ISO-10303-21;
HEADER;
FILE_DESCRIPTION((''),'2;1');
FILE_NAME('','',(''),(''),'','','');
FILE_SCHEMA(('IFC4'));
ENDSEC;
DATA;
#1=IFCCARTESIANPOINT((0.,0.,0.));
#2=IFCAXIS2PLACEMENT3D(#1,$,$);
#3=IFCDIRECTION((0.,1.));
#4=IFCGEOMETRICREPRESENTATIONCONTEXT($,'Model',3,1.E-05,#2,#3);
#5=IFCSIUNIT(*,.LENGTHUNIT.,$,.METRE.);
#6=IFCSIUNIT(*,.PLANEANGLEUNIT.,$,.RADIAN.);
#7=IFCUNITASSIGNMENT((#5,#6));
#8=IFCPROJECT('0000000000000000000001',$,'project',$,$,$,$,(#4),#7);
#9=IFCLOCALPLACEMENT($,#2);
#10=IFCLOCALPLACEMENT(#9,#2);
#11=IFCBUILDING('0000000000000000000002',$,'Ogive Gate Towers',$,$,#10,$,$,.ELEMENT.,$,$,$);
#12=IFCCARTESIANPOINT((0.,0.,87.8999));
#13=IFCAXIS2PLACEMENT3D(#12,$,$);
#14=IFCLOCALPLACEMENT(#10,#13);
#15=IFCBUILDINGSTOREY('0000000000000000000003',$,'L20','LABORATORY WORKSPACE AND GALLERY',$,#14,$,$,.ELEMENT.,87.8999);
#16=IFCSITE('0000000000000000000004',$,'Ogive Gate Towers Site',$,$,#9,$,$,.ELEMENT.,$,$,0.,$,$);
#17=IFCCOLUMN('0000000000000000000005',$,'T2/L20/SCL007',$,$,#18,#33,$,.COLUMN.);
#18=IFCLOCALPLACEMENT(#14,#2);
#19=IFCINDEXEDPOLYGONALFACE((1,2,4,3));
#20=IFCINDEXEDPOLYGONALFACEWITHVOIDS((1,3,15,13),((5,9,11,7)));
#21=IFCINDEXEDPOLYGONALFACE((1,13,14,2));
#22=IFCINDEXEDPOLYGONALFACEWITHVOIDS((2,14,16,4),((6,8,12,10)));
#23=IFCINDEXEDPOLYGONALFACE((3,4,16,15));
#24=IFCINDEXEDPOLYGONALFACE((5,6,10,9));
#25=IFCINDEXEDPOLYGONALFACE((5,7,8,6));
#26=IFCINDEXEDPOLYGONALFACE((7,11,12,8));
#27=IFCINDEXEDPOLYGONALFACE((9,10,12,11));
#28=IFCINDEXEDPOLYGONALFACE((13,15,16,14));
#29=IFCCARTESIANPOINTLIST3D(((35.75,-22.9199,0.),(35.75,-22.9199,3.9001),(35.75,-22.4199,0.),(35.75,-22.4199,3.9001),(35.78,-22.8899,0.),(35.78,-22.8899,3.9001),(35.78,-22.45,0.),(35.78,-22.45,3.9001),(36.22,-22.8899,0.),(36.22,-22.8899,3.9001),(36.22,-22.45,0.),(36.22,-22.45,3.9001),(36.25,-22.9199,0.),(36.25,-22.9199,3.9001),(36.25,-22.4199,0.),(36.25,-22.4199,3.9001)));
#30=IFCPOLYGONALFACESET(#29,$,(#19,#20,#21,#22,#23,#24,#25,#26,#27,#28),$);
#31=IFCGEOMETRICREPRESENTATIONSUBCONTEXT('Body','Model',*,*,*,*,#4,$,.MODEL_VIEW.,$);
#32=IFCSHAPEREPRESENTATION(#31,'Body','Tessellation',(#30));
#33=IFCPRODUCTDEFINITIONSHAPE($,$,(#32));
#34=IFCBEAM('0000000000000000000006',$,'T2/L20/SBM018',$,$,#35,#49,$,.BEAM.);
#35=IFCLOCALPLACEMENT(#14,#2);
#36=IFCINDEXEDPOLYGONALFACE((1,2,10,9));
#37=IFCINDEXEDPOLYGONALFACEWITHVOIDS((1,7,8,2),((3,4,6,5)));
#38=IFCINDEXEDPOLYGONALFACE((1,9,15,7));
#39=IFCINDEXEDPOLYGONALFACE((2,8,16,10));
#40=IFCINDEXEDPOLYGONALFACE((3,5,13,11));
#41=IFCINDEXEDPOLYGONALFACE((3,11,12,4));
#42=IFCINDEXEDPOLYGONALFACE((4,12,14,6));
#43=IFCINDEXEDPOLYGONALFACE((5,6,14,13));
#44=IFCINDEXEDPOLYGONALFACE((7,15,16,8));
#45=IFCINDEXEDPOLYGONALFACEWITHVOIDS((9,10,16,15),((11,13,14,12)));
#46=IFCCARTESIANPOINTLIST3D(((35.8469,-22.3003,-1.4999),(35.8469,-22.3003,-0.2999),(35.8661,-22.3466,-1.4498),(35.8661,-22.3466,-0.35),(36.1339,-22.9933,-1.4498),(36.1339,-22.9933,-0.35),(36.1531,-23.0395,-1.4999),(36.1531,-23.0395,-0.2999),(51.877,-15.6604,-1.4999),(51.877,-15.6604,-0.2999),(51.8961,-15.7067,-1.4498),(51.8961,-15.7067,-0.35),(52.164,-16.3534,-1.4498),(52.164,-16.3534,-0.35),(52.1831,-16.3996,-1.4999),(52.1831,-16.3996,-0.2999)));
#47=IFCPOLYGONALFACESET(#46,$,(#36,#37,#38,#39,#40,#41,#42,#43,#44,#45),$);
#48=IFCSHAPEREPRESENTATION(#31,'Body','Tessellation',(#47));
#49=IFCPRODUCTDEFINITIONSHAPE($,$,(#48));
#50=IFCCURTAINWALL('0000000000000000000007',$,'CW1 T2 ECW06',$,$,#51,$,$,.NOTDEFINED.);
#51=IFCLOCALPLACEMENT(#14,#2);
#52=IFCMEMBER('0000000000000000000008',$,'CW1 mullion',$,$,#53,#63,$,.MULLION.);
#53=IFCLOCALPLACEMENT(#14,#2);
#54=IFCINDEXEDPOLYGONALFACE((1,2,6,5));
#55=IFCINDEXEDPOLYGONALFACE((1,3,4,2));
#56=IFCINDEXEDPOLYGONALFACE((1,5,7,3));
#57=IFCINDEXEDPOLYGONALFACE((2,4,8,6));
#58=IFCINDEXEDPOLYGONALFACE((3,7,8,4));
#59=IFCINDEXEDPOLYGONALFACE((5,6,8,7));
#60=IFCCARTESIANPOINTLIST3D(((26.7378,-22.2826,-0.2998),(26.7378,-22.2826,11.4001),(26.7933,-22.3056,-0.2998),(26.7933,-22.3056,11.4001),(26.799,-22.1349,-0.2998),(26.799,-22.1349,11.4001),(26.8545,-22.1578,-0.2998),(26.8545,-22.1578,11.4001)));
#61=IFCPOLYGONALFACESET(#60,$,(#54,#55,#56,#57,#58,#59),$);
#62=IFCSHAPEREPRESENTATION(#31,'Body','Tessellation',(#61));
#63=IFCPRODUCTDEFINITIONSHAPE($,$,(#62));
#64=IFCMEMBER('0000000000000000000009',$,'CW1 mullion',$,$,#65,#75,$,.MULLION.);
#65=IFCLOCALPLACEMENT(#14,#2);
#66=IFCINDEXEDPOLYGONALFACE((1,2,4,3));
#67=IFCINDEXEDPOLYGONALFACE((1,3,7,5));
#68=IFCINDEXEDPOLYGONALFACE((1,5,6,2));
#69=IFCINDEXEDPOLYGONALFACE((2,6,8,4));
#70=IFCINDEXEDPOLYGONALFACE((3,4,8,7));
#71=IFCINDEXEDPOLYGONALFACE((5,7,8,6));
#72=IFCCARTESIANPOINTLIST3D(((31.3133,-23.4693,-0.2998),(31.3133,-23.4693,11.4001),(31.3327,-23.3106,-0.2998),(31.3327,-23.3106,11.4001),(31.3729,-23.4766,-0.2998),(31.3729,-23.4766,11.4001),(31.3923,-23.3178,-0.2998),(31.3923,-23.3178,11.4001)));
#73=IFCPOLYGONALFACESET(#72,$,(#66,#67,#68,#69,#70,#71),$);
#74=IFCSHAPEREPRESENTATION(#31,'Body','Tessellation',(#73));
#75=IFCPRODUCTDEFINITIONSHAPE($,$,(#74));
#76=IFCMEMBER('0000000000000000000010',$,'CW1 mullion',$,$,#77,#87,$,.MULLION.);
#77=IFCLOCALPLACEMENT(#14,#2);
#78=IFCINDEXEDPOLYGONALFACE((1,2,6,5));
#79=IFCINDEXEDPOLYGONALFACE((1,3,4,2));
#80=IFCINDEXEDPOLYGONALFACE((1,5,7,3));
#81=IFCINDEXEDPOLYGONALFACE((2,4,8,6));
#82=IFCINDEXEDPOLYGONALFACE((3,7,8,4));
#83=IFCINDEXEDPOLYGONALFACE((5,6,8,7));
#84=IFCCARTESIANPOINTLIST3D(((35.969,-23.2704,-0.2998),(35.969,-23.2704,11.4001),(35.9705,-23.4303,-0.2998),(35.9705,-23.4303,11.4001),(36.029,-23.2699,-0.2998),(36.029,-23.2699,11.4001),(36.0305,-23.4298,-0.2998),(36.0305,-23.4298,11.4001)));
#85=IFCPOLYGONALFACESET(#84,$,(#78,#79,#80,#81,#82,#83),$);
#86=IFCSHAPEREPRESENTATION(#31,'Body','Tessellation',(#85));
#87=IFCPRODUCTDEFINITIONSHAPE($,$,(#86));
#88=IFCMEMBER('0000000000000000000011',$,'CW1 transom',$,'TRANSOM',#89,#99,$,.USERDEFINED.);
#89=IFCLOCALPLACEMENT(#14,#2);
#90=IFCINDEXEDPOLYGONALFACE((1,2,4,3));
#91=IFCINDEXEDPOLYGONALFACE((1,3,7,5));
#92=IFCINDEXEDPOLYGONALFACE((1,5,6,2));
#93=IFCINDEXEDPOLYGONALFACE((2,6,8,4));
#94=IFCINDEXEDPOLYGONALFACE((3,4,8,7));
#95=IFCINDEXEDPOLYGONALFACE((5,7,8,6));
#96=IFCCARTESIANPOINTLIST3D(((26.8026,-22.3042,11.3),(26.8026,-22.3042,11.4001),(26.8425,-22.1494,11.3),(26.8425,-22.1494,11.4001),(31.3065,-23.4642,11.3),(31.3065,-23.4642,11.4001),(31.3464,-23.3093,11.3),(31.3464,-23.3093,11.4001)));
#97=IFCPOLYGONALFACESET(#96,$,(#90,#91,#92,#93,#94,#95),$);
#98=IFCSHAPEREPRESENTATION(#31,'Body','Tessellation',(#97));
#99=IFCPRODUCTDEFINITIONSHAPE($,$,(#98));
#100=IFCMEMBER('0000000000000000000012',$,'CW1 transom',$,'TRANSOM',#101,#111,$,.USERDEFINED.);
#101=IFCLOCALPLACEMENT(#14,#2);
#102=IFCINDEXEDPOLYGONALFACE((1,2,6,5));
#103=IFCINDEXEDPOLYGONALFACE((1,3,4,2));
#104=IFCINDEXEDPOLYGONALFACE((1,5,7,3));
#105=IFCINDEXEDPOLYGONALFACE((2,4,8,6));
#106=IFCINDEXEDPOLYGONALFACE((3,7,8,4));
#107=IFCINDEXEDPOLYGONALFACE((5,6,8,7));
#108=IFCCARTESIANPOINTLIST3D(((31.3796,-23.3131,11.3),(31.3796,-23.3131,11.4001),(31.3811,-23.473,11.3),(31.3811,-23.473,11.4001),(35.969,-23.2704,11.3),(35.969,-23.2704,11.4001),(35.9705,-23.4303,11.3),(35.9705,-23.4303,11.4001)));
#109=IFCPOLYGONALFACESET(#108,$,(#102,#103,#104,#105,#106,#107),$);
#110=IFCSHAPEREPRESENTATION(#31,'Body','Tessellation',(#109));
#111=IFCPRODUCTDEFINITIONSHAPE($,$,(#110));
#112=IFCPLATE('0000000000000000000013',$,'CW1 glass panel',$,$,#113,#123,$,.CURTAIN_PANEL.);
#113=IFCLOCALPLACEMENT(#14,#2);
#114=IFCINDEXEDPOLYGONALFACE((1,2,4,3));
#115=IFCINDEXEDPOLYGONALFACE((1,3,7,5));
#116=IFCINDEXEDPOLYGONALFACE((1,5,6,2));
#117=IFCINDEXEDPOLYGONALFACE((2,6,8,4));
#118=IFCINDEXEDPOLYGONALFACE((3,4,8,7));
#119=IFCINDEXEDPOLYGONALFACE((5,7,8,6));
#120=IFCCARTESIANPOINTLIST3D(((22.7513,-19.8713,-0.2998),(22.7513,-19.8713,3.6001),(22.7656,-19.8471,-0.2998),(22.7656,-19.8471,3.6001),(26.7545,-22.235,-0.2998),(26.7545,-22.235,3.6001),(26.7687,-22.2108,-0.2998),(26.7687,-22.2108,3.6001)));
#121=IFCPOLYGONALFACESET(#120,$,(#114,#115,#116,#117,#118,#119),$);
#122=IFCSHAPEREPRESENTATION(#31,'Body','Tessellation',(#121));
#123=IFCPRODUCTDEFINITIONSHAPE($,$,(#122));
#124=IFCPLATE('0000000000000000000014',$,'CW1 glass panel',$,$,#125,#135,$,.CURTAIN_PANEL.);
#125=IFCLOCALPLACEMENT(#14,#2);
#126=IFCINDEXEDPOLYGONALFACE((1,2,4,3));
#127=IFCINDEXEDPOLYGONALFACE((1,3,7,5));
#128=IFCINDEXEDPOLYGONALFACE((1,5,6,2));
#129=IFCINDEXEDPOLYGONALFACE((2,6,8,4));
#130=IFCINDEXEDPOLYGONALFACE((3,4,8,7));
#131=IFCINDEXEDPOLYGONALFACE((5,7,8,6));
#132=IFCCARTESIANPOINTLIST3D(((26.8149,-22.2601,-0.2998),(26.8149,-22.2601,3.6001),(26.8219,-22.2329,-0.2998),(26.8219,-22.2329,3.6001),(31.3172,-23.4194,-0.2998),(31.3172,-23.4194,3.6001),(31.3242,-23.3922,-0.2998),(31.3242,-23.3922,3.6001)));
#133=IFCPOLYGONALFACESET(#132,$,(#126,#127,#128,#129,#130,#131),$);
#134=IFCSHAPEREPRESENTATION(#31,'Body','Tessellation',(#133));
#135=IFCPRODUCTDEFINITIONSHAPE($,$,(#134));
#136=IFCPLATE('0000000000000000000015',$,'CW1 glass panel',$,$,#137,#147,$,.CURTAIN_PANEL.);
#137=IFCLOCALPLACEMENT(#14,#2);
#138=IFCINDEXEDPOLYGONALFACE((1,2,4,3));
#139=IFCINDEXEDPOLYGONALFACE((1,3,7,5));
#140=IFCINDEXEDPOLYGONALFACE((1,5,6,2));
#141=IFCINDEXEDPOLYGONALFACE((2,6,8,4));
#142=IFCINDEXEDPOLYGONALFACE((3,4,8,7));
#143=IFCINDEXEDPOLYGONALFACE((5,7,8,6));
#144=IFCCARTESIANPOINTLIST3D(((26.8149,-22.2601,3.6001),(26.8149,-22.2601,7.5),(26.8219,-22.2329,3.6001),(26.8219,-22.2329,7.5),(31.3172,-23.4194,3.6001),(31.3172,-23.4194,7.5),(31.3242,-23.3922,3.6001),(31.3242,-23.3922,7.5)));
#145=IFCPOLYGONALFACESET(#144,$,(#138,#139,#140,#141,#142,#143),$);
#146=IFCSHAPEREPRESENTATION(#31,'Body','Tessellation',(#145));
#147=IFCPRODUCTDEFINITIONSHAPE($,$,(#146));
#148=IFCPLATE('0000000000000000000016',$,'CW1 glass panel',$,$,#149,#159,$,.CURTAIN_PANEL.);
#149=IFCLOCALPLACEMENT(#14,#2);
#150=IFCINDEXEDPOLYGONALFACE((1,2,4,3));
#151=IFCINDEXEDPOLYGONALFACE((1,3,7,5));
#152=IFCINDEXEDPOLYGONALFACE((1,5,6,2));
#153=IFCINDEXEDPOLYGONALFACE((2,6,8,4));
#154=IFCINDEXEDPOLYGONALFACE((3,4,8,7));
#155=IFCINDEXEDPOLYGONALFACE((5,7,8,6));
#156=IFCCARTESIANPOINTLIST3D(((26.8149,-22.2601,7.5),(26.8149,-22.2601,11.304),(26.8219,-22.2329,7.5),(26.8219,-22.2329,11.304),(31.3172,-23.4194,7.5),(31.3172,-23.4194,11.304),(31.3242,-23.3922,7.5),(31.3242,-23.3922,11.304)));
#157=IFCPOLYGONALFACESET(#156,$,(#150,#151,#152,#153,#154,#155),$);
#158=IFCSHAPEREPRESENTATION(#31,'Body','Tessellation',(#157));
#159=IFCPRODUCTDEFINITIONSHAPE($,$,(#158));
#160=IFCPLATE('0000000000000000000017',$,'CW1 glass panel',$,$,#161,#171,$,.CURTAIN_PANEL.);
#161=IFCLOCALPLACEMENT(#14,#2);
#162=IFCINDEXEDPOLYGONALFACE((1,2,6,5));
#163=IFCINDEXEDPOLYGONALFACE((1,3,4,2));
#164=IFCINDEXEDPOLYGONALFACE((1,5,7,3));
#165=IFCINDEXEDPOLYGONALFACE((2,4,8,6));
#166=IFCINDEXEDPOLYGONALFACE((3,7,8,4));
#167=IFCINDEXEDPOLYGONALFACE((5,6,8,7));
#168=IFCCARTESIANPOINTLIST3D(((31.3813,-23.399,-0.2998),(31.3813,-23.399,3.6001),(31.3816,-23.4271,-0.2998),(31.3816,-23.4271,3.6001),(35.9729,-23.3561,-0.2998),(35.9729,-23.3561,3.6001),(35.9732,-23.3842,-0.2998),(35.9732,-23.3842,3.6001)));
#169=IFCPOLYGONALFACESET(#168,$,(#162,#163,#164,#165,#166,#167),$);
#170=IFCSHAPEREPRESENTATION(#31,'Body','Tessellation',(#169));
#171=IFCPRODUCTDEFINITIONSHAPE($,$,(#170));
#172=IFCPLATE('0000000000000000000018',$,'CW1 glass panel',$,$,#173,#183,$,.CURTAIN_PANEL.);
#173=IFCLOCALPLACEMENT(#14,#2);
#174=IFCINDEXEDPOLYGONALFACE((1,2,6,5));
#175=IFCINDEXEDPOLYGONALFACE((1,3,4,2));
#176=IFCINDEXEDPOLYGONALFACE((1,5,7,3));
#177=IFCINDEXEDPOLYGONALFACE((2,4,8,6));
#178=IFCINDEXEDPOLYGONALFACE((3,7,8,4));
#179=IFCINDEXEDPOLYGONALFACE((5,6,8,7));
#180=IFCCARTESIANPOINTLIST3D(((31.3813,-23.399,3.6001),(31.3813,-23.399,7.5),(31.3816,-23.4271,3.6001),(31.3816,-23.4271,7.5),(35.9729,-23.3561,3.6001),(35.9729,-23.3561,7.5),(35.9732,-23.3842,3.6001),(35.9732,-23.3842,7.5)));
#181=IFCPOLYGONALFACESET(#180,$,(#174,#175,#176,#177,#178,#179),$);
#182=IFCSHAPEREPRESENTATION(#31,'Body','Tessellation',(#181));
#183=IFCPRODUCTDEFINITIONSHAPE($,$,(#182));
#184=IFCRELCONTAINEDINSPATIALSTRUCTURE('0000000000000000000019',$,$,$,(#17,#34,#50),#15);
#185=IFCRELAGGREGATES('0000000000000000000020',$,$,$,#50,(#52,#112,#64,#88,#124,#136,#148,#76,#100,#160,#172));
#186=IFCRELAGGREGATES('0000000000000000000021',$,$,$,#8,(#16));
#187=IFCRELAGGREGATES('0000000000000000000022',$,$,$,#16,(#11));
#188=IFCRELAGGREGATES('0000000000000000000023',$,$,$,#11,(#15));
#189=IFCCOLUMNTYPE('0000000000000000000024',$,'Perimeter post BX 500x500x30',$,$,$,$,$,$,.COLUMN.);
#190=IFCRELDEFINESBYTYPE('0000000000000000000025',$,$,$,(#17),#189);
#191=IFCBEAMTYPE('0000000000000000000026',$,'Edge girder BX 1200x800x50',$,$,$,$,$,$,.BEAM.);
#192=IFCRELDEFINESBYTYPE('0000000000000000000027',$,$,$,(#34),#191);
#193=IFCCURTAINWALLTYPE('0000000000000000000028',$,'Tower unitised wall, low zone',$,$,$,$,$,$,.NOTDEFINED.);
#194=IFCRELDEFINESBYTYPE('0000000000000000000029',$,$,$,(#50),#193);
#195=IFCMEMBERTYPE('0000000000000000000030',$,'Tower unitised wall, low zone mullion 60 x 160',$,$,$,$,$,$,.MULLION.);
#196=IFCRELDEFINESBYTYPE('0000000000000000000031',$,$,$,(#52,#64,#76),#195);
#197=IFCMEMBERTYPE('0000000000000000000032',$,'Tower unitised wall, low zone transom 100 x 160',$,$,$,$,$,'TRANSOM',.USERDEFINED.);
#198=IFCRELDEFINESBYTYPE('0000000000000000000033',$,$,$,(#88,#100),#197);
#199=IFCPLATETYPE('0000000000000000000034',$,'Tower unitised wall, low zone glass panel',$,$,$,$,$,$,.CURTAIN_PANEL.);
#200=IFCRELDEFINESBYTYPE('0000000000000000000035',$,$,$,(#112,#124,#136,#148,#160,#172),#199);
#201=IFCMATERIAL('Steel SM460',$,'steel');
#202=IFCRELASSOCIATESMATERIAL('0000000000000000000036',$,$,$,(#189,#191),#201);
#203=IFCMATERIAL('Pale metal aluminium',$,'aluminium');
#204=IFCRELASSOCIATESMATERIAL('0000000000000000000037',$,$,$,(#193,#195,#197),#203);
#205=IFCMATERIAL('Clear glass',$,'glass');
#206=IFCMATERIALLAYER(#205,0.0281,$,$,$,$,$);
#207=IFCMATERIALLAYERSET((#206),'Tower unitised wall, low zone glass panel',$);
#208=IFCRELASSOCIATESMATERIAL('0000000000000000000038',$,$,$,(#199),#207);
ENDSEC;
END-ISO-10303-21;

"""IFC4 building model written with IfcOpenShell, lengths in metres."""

from ifc_helpers import new_model, si_unit, direction, frame, origin, origin_2d, place, context, subcontext, project, spatial, rectangle, hollow_rectangle, extrude, material, layer, layer_set, material_profile, profile_set, type_object, element, aggregate, save


model = new_model("IFC4")

# Units and contexts
model_context = context("Model", 3, precision=1e-05, world=origin(), true_north=direction((0.0, 1.0)))
body_context = subcontext(model_context, "Body", "Model", "MODEL_VIEW")
ifc_project = project(units=[si_unit("LENGTHUNIT", "METRE"), si_unit("PLANEANGLEUNIT", "RADIAN")], contexts=[model_context])

# Site, building, storey
site_placement = place(None, origin())
site = spatial("IfcSite", under=ifc_project, at=site_placement, Name="Ogive Gate Towers Site", CompositionType="ELEMENT", RefElevation=0.0)
building_placement = place(site_placement, origin())
building = spatial("IfcBuilding", under=site, at=building_placement, Name="Ogive Gate Towers", CompositionType="ELEMENT")
storey_placement = place(building_placement, frame((0.0, 0.0, 87.8999)))
storey = spatial("IfcBuildingStorey", under=building, at=storey_placement, Name="L20", Description="LABORATORY WORKSPACE AND GALLERY", CompositionType="ELEMENT", Elevation=87.8999)

# Column
ifc_material_1 = material(Name="Steel SM460", Category="steel")
ifc_material_profile_1 = material_profile(ifc_material_1, hollow_rectangle(XDim=0.5, YDim=0.5, WallThickness=0.03, at=origin_2d()), Name="BX 500x500x30")
ifc_profile_set_1 = profile_set([ifc_material_profile_1], Name="Steel SM460")
column_type = type_object("IfcColumnType", Name="Perimeter post BX 500x500x30", PredefinedType="COLUMN", material=ifc_profile_set_1)
column_placement = place(storey_placement, frame((36.0, -22.6699, 0.0), z_axis=(0.0, 0.0, 1.0), x_axis=(1.0, 0.0, 0.0)))
element("IfcColumn", 1, at=column_placement, inside=storey, type_object=column_type, Name="T2/L20/SCL007", PredefinedType="COLUMN", context=body_context, shape_type="SweptSolid", body=[
    extrude(hollow_rectangle(XDim=0.5, YDim=0.5, WallThickness=0.03, at=origin_2d()), origin(), (0.0, 0.0, 1.0), 3.9001),
])

# Beam
ifc_material_profile_2 = material_profile(ifc_material_1, hollow_rectangle(XDim=0.8, YDim=1.2, WallThickness=0.05, at=origin_2d()), Name="BX 1200x800x50")
ifc_profile_set_2 = profile_set([ifc_material_profile_2], Name="Steel SM460")
beam_type = type_object("IfcBeamType", Name="Edge girder BX 1200x800x50", PredefinedType="BEAM", material=ifc_profile_set_2)
beam_placement = place(storey_placement, frame((36.0, -22.6699, -0.8999), z_axis=(0.923879, 0.382685, 0.0), x_axis=(-0.382685, 0.923879, 0.0)))
element("IfcBeam", 2, at=beam_placement, inside=storey, type_object=beam_type, Name="T2/L20/SBM018", PredefinedType="BEAM", context=body_context, shape_type="SweptSolid", body=[
    extrude(hollow_rectangle(XDim=0.8, YDim=1.2, WallThickness=0.05, at=origin_2d()), origin(), (0.0, 0.0, 1.0), 17.3508),
])

# Curtain wall, members, plates
ifc_material_2 = material(Name="Pale metal aluminium", Category="aluminium")
curtain_wall_type = type_object("IfcCurtainWallType", Name="Tower unitised wall, low zone", PredefinedType="NOTDEFINED", material=ifc_material_2)
curtain_wall_placement = place(storey_placement, origin())
curtain_wall = element("IfcCurtainWall", 3, at=curtain_wall_placement, inside=storey, type_object=curtain_wall_type, Name="CW1 T2 ECW06", PredefinedType="NOTDEFINED")
ifc_material_profile_3 = material_profile(ifc_material_2, rectangle(XDim=0.1599, YDim=0.0601, at=origin_2d()), Name="60 x 160 aluminium box")
ifc_profile_set_3 = profile_set([ifc_material_profile_3], Name="Pale metal aluminium")
member_type_1 = type_object("IfcMemberType", Name="Tower unitised wall, low zone mullion 60 x 160", PredefinedType="MULLION", material=ifc_profile_set_3)
member_1_placement = place(storey_placement, frame((26.7961, -22.2202, -0.2998), z_axis=(0.0, 0.0, 1.0), x_axis=(-0.382683, -0.92388, 0.0)))
member_1 = element("IfcMember", 4, at=member_1_placement, type_object=member_type_1, Name="CW1 mullion", PredefinedType="MULLION", context=body_context, shape_type="SweptSolid", body=[
    extrude(rectangle(XDim=0.1599, YDim=0.0601, at=origin_2d()), origin(), (0.0, 0.0, 1.0), 11.7),
])
member_2_placement = place(storey_placement, frame((31.3528, -23.3936, -0.2998), z_axis=(0.0, 0.0, 1.0), x_axis=(-0.121038, -0.992648, 0.0)))
member_2 = element("IfcMember", 5, at=member_2_placement, type_object=member_type_1, Name="CW1 mullion", PredefinedType="MULLION", context=body_context, shape_type="SweptSolid", body=[
    extrude(rectangle(XDim=0.1599, YDim=0.0601, at=origin_2d()), origin(), (0.0, 0.0, 1.0), 11.7),
])
member_3_placement = place(storey_placement, frame((35.9998, -23.3501, -0.2998), z_axis=(0.0, 0.0, 1.0), x_axis=(0.009337, -0.999956, 0.0)))
member_3 = element("IfcMember", 6, at=member_3_placement, type_object=member_type_1, Name="CW1 mullion", PredefinedType="MULLION", context=body_context, shape_type="SweptSolid", body=[
    extrude(rectangle(XDim=0.1599, YDim=0.0601, at=origin_2d()), origin(), (0.0, 0.0, 1.0), 11.7),
])
ifc_material_profile_4 = material_profile(ifc_material_2, rectangle(XDim=0.1599, YDim=0.1001, at=origin_2d()), Name="100 x 160 aluminium box")
ifc_profile_set_4 = profile_set([ifc_material_profile_4], Name="Pale metal aluminium")
member_type_2 = type_object("IfcMemberType", Name="Tower unitised wall, low zone transom 100 x 160", ElementType="TRANSOM", PredefinedType="USERDEFINED", material=ifc_profile_set_4)
member_4_placement = place(storey_placement, frame((26.8225, -22.2268, 11.3501), z_axis=(0.968401, -0.249397, 0.0), x_axis=(0.249397, 0.968401, 0.0)))
member_4 = element("IfcMember", 7, at=member_4_placement, type_object=member_type_2, Name="CW1 transom", ObjectType="TRANSOM", PredefinedType="USERDEFINED", context=body_context, shape_type="SweptSolid", body=[
    extrude(rectangle(XDim=0.1599, YDim=0.1001, at=origin_2d()), origin(), (0.0, 0.0, 1.0), 4.6509),
])
member_5_placement = place(storey_placement, frame((31.3804, -23.3931, 11.3501), z_axis=(0.999957, 0.009309, 0.0), x_axis=(-0.009309, 0.999957, 0.0)))
member_5 = element("IfcMember", 8, at=member_5_placement, type_object=member_type_2, Name="CW1 transom", ObjectType="TRANSOM", PredefinedType="USERDEFINED", context=body_context, shape_type="SweptSolid", body=[
    extrude(rectangle(XDim=0.1599, YDim=0.1001, at=origin_2d()), origin(), (0.0, 0.0, 1.0), 4.5896),
])
ifc_material_3 = material(Name="Clear glass", Category="glass")
ifc_layer_1 = layer(ifc_material_3, 0.0281)
ifc_layer_set_1 = layer_set([ifc_layer_1], Name="Tower unitised wall, low zone glass panel")
plate_type = type_object("IfcPlateType", Name="Tower unitised wall, low zone glass panel", PredefinedType="CURTAIN_PANEL", material=ifc_layer_set_1)
plate_1_placement = place(storey_placement, frame((24.76, -21.041, -0.2998), z_axis=(0.0, 0.0, 1.0), x_axis=(0.861097, -0.50844, 0.0)))
plate_1 = element("IfcPlate", 9, at=plate_1_placement, type_object=plate_type, Name="CW1 glass panel", PredefinedType="CURTAIN_PANEL", context=body_context, shape_type="SweptSolid", body=[
    extrude(rectangle(XDim=4.6489, YDim=0.0281, at=origin_2d()), origin(), (0.0, 0.0, 1.0), 3.8999),
])
plate_2_placement = place(storey_placement, frame((29.0696, -22.8262, -0.2998), z_axis=(0.0, 0.0, 1.0), x_axis=(0.968414, -0.249349, 0.0)))
plate_2 = element("IfcPlate", 10, at=plate_2_placement, type_object=plate_type, Name="CW1 glass panel", PredefinedType="CURTAIN_PANEL", context=body_context, shape_type="SweptSolid", body=[
    extrude(rectangle(XDim=4.6492, YDim=0.0281, at=origin_2d()), origin(), (0.0, 0.0, 1.0), 3.8999),
])
plate_3_placement = place(storey_placement, frame((29.0696, -22.8262, 3.6001), z_axis=(0.0, 0.0, 1.0), x_axis=(0.968414, -0.249349, 0.0)))
plate_3 = element("IfcPlate", 11, at=plate_3_placement, type_object=plate_type, Name="CW1 glass panel", PredefinedType="CURTAIN_PANEL", context=body_context, shape_type="SweptSolid", body=[
    extrude(rectangle(XDim=4.6492, YDim=0.0281, at=origin_2d()), origin(), (0.0, 0.0, 1.0), 3.8999),
])
plate_4_placement = place(storey_placement, frame((29.0696, -22.8262, 7.5), z_axis=(0.0, 0.0, 1.0), x_axis=(0.968414, -0.249349, 0.0)))
plate_4 = element("IfcPlate", 12, at=plate_4_placement, type_object=plate_type, Name="CW1 glass panel", PredefinedType="CURTAIN_PANEL", context=body_context, shape_type="SweptSolid", body=[
    extrude(rectangle(XDim=4.6492, YDim=0.0281, at=origin_2d()), origin(), (0.0, 0.0, 1.0), 3.804),
])
plate_5_placement = place(storey_placement, frame((33.6772, -23.3916, -0.2998), z_axis=(0.0, 0.0, 1.0), x_axis=(0.999956, 0.009337, 0.0)))
plate_5 = element("IfcPlate", 13, at=plate_5_placement, type_object=plate_type, Name="CW1 glass panel", PredefinedType="CURTAIN_PANEL", context=body_context, shape_type="SweptSolid", body=[
    extrude(rectangle(XDim=4.5918, YDim=0.0281, at=origin_2d()), origin(), (0.0, 0.0, 1.0), 3.8999),
])
plate_6_placement = place(storey_placement, frame((33.6772, -23.3916, 3.6001), z_axis=(0.0, 0.0, 1.0), x_axis=(0.999956, 0.009337, 0.0)))
plate_6 = element("IfcPlate", 14, at=plate_6_placement, type_object=plate_type, Name="CW1 glass panel", PredefinedType="CURTAIN_PANEL", context=body_context, shape_type="SweptSolid", body=[
    extrude(rectangle(XDim=4.5918, YDim=0.0281, at=origin_2d()), origin(), (0.0, 0.0, 1.0), 3.8999),
])
aggregate(curtain_wall, [member_1, plate_1, member_2, member_4, plate_2, plate_3, plate_4, member_3, member_5, plate_5, plate_6])

save(model, "model.ifc")
